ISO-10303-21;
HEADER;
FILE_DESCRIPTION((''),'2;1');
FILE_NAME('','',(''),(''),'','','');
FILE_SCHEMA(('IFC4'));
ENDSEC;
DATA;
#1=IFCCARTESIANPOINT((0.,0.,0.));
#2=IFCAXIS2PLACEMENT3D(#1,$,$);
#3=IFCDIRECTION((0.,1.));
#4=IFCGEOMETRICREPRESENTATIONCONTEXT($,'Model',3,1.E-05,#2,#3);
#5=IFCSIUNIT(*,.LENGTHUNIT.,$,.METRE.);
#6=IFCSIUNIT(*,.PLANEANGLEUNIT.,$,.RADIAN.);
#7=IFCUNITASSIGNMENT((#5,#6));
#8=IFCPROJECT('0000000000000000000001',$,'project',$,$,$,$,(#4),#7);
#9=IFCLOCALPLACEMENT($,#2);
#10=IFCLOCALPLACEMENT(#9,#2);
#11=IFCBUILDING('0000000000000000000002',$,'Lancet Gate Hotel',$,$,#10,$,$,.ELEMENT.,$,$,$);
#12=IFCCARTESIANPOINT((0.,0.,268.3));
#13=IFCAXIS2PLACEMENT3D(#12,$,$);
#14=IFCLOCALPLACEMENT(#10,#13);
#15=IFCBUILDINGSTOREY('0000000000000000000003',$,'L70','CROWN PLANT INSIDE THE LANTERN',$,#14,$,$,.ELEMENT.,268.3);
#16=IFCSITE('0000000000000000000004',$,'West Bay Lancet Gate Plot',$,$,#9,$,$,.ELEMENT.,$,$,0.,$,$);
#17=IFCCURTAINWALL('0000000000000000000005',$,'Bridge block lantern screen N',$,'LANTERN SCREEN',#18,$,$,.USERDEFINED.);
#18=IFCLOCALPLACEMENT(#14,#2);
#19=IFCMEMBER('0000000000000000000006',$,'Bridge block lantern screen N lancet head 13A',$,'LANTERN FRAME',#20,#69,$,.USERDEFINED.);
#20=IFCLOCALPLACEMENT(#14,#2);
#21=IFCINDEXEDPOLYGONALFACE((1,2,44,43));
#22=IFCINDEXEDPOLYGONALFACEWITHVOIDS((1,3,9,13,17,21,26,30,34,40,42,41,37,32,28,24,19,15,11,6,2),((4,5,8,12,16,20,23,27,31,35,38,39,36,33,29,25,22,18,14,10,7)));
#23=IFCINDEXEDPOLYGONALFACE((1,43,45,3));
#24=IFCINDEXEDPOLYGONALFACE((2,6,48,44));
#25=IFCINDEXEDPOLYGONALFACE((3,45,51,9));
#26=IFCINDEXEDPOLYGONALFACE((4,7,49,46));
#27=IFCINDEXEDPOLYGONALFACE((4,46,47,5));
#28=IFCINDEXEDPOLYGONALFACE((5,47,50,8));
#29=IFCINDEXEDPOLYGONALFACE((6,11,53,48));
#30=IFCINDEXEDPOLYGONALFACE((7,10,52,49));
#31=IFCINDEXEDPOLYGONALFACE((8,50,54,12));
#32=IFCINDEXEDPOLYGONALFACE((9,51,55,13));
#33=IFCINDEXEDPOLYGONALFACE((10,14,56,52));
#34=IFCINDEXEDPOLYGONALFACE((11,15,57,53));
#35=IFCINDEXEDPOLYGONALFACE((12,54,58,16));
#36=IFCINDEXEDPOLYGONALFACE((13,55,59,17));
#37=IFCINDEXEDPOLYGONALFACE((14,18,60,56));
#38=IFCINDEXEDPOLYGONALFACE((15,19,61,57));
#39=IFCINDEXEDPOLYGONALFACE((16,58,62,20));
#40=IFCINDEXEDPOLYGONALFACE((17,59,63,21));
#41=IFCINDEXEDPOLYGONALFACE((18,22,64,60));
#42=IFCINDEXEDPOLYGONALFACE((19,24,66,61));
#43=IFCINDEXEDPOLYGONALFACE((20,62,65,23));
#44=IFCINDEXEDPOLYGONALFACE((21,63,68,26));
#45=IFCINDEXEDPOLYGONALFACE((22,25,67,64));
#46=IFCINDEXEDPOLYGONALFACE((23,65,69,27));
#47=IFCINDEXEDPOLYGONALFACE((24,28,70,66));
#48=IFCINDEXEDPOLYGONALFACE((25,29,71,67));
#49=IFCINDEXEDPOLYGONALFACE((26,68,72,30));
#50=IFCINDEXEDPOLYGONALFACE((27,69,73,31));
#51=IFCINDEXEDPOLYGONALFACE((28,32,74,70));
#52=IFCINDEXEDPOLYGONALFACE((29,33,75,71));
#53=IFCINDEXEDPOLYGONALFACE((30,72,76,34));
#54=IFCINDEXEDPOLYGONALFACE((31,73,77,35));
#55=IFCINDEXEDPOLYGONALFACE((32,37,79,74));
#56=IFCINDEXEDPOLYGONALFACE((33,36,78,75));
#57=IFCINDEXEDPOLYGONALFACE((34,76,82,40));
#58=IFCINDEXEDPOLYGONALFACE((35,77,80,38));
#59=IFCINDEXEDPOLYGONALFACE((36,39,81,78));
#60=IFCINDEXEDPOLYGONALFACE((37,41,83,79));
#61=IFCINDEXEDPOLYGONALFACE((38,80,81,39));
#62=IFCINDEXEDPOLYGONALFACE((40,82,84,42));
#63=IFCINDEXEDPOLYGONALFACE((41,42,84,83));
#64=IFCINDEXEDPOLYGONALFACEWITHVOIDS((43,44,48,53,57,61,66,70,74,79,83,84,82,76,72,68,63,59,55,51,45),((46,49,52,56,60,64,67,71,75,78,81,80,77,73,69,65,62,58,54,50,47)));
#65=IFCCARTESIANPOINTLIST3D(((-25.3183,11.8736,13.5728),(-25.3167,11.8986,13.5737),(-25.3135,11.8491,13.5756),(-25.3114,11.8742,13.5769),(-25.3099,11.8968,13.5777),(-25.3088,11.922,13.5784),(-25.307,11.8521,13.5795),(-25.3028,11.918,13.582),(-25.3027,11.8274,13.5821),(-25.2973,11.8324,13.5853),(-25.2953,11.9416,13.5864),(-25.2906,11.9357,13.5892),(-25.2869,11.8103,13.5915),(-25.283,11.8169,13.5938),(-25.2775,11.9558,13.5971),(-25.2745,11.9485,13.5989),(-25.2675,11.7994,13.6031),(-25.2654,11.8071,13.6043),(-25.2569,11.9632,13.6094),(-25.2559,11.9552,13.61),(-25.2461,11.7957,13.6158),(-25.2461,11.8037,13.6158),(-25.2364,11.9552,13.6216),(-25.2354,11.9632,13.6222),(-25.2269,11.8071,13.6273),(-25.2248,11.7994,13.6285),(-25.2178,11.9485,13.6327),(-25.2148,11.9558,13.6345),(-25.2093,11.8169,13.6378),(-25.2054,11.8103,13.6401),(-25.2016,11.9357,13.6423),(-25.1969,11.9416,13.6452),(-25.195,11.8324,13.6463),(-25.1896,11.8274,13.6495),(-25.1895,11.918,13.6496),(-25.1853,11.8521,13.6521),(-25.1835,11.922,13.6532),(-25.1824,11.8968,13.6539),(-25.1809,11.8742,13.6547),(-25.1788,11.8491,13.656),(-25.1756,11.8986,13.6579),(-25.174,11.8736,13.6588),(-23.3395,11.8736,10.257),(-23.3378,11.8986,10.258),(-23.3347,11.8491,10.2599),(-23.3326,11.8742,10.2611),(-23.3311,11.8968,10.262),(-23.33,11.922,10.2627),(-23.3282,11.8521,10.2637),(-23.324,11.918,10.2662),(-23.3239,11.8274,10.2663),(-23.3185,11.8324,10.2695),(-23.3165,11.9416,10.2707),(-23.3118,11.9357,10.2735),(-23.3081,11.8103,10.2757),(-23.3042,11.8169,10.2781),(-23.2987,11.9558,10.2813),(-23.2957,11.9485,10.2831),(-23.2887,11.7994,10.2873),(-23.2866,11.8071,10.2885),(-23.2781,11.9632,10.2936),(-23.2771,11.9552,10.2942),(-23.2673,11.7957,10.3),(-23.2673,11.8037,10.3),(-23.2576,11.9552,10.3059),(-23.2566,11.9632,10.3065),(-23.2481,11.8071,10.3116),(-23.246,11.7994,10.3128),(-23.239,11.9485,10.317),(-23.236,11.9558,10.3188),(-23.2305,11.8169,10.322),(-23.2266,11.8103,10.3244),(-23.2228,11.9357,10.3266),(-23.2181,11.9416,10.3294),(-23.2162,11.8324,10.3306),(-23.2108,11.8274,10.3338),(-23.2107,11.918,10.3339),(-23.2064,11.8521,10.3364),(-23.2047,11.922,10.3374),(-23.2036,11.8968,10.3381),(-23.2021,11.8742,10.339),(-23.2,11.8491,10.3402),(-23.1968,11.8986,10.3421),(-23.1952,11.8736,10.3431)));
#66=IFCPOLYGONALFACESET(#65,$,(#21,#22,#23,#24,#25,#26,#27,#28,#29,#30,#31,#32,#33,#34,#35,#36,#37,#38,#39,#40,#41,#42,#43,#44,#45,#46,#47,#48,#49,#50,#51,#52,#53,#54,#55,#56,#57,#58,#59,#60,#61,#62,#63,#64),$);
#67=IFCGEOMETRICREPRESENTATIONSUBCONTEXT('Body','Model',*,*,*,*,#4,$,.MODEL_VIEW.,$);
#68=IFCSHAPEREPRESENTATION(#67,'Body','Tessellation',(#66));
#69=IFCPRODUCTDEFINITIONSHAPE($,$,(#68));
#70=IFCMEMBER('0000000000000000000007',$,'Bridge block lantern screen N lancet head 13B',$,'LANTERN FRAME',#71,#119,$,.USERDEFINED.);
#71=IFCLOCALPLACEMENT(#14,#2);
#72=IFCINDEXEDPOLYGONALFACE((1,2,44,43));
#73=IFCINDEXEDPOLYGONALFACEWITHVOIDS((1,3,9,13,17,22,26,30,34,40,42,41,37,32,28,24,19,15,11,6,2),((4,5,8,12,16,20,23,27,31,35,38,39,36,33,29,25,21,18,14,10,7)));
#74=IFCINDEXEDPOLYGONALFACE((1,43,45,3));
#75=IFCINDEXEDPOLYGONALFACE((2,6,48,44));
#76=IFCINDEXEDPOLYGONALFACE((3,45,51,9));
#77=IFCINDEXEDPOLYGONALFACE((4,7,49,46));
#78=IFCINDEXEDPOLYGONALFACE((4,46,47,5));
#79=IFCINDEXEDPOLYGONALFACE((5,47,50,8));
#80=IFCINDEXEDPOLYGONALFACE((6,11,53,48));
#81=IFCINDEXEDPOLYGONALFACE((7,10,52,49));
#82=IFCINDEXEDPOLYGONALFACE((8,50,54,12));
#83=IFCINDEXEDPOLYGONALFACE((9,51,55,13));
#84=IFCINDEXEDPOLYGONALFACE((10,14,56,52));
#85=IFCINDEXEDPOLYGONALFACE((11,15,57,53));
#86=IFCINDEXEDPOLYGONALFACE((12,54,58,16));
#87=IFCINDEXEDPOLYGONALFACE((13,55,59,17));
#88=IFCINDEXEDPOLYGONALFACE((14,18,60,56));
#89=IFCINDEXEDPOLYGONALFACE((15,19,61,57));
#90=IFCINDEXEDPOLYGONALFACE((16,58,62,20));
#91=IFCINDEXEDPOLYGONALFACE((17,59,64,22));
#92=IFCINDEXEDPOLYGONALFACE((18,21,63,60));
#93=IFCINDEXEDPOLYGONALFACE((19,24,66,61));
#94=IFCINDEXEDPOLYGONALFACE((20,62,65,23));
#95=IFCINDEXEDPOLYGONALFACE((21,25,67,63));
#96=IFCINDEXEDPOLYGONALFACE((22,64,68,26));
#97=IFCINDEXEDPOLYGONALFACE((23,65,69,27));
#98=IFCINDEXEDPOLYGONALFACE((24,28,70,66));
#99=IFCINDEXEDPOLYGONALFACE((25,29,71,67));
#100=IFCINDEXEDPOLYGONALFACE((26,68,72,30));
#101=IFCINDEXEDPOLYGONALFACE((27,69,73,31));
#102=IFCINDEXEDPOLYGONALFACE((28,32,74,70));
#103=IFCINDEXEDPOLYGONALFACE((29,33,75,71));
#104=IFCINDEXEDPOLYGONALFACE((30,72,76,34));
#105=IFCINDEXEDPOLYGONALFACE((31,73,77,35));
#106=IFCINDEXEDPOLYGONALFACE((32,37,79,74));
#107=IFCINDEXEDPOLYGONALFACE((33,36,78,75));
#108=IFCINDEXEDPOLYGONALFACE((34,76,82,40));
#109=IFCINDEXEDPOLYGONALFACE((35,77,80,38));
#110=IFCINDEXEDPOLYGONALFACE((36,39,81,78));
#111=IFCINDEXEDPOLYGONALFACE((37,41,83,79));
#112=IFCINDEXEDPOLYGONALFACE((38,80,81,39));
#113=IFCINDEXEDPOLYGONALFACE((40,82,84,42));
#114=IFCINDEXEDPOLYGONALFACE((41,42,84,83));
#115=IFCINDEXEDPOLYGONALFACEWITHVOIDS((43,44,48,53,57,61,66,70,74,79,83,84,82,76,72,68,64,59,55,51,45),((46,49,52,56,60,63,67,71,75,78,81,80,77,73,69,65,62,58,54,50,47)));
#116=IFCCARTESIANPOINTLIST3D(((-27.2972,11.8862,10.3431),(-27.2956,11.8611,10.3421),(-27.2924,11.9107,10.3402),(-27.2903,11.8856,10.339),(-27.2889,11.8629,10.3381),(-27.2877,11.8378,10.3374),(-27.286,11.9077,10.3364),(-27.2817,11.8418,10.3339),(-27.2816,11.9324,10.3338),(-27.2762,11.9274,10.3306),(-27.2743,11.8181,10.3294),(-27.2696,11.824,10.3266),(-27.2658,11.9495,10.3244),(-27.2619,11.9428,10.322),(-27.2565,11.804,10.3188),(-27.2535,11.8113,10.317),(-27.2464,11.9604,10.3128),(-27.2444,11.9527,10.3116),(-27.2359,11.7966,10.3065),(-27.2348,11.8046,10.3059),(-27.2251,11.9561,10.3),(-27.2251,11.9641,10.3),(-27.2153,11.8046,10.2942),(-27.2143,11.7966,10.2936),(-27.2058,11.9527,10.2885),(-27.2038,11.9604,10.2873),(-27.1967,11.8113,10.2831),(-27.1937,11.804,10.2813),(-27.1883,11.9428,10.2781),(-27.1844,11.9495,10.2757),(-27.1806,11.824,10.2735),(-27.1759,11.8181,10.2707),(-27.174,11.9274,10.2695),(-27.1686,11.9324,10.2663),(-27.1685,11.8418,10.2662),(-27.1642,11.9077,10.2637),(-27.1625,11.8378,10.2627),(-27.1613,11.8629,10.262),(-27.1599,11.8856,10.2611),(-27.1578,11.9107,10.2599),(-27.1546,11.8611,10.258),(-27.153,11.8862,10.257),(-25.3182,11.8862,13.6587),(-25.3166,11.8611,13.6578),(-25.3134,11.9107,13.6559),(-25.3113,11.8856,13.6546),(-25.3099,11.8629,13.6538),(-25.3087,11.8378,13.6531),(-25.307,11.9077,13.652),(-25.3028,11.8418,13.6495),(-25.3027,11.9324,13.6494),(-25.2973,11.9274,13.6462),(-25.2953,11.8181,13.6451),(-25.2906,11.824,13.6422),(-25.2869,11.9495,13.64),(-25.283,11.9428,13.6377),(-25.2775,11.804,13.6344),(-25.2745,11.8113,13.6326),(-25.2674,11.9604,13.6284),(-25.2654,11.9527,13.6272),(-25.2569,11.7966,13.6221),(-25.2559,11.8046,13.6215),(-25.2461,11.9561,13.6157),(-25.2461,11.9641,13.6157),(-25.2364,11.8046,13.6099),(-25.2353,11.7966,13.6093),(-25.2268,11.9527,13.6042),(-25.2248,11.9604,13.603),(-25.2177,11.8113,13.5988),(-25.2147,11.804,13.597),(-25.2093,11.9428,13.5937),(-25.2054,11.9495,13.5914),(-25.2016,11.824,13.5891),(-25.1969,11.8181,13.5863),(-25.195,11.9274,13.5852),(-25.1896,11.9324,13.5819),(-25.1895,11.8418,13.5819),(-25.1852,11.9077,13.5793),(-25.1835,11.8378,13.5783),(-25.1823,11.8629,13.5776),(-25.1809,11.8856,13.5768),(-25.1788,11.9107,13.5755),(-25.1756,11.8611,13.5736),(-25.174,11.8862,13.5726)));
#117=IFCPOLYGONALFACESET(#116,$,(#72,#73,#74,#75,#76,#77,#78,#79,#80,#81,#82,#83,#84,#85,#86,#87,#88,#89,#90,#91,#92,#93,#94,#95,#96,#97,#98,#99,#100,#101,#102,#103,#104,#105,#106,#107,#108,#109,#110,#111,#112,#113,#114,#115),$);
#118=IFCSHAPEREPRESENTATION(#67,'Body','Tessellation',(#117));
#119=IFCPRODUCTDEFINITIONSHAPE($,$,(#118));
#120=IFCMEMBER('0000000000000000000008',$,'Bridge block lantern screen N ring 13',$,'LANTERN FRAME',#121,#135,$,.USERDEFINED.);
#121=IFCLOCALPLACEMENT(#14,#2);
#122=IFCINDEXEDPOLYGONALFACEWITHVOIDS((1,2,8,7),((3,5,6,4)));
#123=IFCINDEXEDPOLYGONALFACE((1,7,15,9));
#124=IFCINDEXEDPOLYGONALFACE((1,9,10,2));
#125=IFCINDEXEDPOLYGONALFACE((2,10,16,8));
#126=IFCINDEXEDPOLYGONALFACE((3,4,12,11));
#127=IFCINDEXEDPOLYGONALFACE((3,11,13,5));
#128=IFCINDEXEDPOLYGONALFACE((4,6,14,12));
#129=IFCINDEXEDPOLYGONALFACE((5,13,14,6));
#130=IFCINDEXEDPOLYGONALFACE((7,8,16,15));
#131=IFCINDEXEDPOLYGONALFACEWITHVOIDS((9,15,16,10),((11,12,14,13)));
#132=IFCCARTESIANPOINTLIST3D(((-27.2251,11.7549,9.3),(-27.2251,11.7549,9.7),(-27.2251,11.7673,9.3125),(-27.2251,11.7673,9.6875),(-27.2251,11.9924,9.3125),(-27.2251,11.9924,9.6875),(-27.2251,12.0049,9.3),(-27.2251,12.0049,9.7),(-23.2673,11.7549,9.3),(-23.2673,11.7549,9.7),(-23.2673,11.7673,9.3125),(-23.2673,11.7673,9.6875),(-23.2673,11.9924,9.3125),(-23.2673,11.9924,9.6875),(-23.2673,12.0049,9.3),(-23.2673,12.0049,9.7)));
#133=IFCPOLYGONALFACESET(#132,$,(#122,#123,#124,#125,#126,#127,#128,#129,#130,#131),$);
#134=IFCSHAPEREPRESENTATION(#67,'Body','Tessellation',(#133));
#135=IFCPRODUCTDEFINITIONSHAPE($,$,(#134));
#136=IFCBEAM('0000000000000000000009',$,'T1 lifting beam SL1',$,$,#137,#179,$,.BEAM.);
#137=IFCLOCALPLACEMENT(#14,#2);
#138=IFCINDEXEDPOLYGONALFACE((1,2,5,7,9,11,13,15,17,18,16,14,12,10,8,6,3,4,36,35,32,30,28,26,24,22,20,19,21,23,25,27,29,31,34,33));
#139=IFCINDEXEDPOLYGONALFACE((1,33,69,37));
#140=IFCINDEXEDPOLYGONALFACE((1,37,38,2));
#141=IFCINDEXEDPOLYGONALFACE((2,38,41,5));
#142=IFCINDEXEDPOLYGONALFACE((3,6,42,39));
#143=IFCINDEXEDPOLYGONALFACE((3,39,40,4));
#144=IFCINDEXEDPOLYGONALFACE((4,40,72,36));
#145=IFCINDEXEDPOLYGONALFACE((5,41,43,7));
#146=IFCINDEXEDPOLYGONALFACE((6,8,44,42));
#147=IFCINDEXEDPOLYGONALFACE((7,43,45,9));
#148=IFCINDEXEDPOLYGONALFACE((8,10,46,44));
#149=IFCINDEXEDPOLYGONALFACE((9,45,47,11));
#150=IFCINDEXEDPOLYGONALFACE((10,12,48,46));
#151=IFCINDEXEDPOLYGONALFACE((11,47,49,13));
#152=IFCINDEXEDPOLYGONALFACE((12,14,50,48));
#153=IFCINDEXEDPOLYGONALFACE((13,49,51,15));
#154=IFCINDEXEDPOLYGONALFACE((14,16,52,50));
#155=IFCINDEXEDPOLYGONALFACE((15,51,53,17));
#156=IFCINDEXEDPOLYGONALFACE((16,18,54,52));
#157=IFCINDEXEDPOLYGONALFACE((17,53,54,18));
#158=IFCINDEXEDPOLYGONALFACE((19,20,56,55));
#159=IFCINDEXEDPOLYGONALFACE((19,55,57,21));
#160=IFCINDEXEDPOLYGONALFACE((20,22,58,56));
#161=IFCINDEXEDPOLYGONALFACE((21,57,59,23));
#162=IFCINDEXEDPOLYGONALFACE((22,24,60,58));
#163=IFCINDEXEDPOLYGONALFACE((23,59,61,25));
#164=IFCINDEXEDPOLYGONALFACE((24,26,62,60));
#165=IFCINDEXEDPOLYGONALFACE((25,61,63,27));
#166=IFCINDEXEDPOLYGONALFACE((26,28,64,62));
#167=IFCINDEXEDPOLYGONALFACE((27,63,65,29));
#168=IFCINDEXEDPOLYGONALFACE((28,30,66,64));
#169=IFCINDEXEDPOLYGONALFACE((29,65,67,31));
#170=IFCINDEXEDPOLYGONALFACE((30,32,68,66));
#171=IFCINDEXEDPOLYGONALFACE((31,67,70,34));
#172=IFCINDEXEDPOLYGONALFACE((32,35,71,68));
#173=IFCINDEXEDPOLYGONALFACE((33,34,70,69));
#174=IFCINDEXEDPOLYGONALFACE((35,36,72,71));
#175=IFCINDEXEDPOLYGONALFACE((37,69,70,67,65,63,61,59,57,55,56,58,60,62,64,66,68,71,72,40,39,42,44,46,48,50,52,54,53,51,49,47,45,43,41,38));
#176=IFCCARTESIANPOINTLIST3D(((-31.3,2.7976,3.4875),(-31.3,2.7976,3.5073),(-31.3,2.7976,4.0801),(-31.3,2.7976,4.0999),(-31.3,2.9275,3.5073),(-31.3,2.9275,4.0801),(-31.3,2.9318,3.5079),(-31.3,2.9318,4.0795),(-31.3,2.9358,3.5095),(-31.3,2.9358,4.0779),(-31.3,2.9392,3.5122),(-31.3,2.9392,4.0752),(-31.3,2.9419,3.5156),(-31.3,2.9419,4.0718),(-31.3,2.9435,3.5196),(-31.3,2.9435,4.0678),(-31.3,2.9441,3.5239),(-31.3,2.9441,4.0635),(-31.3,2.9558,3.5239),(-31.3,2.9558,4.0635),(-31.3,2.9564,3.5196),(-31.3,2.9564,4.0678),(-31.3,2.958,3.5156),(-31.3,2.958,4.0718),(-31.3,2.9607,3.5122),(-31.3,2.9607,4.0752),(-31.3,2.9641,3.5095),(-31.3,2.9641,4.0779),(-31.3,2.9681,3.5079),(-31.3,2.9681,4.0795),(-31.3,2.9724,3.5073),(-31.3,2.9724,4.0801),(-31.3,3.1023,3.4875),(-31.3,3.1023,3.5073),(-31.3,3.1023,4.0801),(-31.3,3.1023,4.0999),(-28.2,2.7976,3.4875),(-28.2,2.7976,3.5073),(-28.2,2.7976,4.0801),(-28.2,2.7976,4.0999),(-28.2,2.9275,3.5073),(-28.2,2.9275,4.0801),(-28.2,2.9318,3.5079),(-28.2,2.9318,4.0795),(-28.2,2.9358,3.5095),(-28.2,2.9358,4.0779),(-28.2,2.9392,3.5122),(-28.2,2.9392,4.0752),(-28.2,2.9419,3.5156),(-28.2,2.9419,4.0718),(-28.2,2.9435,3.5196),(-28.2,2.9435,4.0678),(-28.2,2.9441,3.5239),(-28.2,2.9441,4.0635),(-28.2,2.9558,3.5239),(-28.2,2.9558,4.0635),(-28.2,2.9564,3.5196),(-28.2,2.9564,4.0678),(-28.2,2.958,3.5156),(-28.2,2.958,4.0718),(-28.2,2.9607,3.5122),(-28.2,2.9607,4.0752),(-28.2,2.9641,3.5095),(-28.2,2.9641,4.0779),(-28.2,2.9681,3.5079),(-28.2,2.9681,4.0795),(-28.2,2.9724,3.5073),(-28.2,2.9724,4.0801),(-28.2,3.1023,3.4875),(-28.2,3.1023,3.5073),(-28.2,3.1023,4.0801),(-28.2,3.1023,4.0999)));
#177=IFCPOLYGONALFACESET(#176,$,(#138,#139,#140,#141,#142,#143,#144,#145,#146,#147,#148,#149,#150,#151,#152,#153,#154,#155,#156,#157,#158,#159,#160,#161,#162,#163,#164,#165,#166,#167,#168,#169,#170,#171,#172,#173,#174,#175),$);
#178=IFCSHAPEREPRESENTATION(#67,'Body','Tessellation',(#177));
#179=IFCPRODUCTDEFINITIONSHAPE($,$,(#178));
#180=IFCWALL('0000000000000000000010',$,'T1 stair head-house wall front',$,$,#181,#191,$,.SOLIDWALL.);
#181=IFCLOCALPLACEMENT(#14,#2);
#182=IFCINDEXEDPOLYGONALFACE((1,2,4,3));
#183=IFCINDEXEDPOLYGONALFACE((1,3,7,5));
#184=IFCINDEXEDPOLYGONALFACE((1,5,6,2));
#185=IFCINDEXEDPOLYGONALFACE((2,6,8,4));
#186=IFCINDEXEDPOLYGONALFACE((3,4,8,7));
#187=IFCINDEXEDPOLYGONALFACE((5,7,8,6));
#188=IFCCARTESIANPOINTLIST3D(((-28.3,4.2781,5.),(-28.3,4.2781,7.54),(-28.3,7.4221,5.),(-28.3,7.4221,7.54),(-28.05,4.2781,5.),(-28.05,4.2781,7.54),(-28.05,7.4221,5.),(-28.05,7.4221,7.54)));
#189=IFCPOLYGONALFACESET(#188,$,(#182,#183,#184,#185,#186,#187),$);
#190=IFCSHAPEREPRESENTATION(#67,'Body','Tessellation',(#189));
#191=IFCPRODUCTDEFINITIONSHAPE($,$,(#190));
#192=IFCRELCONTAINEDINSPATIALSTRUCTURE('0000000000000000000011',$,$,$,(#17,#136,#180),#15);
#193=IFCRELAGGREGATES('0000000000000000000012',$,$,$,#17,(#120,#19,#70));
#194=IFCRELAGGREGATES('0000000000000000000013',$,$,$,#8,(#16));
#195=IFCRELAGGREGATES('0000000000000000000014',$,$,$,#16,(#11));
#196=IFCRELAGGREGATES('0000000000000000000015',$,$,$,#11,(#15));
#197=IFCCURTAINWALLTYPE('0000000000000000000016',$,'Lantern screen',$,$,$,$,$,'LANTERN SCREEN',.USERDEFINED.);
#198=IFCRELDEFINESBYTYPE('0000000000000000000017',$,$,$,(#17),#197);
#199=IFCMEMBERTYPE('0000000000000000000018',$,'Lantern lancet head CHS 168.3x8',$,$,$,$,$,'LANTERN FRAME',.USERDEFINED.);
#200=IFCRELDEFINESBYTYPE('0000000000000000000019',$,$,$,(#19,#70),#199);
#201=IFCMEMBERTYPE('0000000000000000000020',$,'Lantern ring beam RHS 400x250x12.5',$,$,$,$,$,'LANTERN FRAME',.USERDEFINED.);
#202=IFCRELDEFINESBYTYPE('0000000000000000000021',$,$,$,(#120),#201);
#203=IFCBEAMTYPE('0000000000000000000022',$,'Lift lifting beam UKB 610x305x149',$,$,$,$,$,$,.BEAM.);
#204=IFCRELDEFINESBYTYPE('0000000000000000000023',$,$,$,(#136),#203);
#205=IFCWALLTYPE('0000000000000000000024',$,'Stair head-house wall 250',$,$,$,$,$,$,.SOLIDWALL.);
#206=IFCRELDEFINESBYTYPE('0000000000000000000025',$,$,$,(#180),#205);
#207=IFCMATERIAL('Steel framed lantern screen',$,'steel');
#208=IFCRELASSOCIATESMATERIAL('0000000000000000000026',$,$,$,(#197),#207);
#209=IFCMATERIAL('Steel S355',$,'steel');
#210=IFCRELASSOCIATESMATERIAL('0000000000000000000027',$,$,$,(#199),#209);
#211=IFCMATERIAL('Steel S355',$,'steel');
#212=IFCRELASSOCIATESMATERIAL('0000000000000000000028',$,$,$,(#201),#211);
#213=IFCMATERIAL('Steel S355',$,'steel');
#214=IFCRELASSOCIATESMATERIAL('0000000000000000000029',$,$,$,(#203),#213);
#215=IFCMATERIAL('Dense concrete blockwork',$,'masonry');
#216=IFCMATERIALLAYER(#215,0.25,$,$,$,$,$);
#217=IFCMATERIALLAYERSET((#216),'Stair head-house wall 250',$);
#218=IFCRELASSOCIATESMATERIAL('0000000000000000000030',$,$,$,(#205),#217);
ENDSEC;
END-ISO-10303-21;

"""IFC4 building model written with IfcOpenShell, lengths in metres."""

from ifc_helpers import new_model, si_unit, direction, frame, frame_2d, origin, origin_2d, place, context, subcontext, project, spatial, rectangle, hollow_rectangle, hollow_circle, i_section, extrude, material, layer, layer_set, material_profile, profile_set, type_object, element, aggregate, save


model = new_model("IFC4")

# Units and contexts
model_context = context("Model", 3, precision=1e-05, world=origin(), true_north=direction((0.0, 1.0)))
body_context = subcontext(model_context, "Body", "Model", "MODEL_VIEW")
ifc_project = project(units=[si_unit("LENGTHUNIT", "METRE"), si_unit("PLANEANGLEUNIT", "RADIAN")], contexts=[model_context])

# Site, building, storey
site_placement = place(None, origin())
site = spatial("IfcSite", under=ifc_project, at=site_placement, Name="West Bay Lancet Gate Plot", CompositionType="ELEMENT", RefElevation=0.0)
building_placement = place(site_placement, origin())
building = spatial("IfcBuilding", under=site, at=building_placement, Name="Lancet Gate Hotel", CompositionType="ELEMENT")
storey_placement = place(building_placement, frame((0.0, 0.0, 268.3)))
storey = spatial("IfcBuildingStorey", under=building, at=storey_placement, Name="L70", Description="CROWN PLANT INSIDE THE LANTERN", CompositionType="ELEMENT", Elevation=268.3)

# Curtain wall, members
ifc_material_1 = material(Name="Steel framed lantern screen", Category="steel")
curtain_wall_type_1 = type_object("IfcCurtainWallType", Name="Lantern screen", ElementType="LANTERN SCREEN", PredefinedType="USERDEFINED", material=ifc_material_1)
curtain_wall_1_placement = place(storey_placement, origin())
curtain_wall_1 = element("IfcCurtainWall", 1, at=curtain_wall_1_placement, inside=storey, type_object=curtain_wall_type_1, Name="Bridge block lantern screen N", ObjectType="LANTERN SCREEN", PredefinedType="USERDEFINED")
ifc_material_2 = material(Name="Steel S355", Category="steel")
ifc_material_profile_1 = material_profile(ifc_material_2, hollow_circle(Radius=0.0842, WallThickness=0.0081, at=origin_2d()), Name="CHS 168.3x8.0")
ifc_profile_set_1 = profile_set([ifc_material_profile_1], Name="Steel S355")
member_type_1 = type_object("IfcMemberType", Name="Lantern lancet head CHS 168.3x8", ElementType="LANTERN FRAME", PredefinedType="USERDEFINED", material=ifc_profile_set_1)
member_1_placement = place(storey_placement, frame((-23.2673, 11.8799, 10.3), z_axis=(-0.512467, 0.0, 0.858707), x_axis=(0.0, -1.0, 0.0)))
member_1 = element("IfcMember", 2, at=member_1_placement, type_object=member_type_1, Name="Bridge block lantern screen N lancet head 13A", ObjectType="LANTERN FRAME", PredefinedType="USERDEFINED", context=body_context, shape_type="SweptSolid", body=[
    extrude(hollow_circle(Radius=0.0842, WallThickness=0.0081, at=origin_2d()), origin(), (0.0, 0.0, 1.0), 3.8613),
])
member_2_placement = place(storey_placement, frame((-27.2251, 11.8799, 10.3), z_axis=(0.512514, 0.0, 0.858679), x_axis=(0.0, 1.0, 0.0)))
member_2 = element("IfcMember", 3, at=member_2_placement, type_object=member_type_1, Name="Bridge block lantern screen N lancet head 13B", ObjectType="LANTERN FRAME", PredefinedType="USERDEFINED", context=body_context, shape_type="SweptSolid", body=[
    extrude(hollow_circle(Radius=0.0842, WallThickness=0.0081, at=origin_2d()), origin(), (0.0, 0.0, 1.0), 3.8613),
])
ifc_material_3 = material(Name="Steel S355", Category="steel")
ifc_material_profile_2 = material_profile(ifc_material_3, hollow_rectangle(XDim=0.25, YDim=0.3999, WallThickness=0.0125, at=origin_2d()), Name="RHS 400x250x12.5")
ifc_profile_set_2 = profile_set([ifc_material_profile_2], Name="Steel S355")
member_type_2 = type_object("IfcMemberType", Name="Lantern ring beam RHS 400x250x12.5", ElementType="LANTERN FRAME", PredefinedType="USERDEFINED", material=ifc_profile_set_2)
member_3_placement = place(storey_placement, frame((-23.2673, 11.8799, 9.5), z_axis=(-1.0, 0.0, 0.0), x_axis=(0.0, -1.0, 0.0)))
member_3 = element("IfcMember", 4, at=member_3_placement, type_object=member_type_2, Name="Bridge block lantern screen N ring 13", ObjectType="LANTERN FRAME", PredefinedType="USERDEFINED", context=body_context, shape_type="SweptSolid", body=[
    extrude(hollow_rectangle(XDim=0.25, YDim=0.3999, WallThickness=0.0125, at=origin_2d()), origin(), (0.0, 0.0, 1.0), 3.9578),
])
aggregate(curtain_wall_1, [member_3, member_1, member_2])

# Beam
ifc_material_4 = material(Name="Steel S355", Category="steel")
ifc_material_profile_3 = material_profile(ifc_material_4, i_section(OverallWidth=0.3047, OverallDepth=0.6123, WebThickness=0.0117, FlangeThickness=0.0198, FilletRadius=0.0166, at=origin_2d()), Name="UKB 610x305x149")
ifc_profile_set_3 = profile_set([ifc_material_profile_3], Name="Steel S355")
beam_type_1 = type_object("IfcBeamType", Name="Lift lifting beam UKB 610x305x149", PredefinedType="BEAM", material=ifc_profile_set_3)
beam_1_placement = place(storey_placement, frame((-28.2, 2.95, 3.7937), z_axis=(-1.0, 0.0, 0.0), x_axis=(0.0, -1.0, 0.0)))
element("IfcBeam", 5, at=beam_1_placement, inside=storey, type_object=beam_type_1, Name="T1 lifting beam SL1", PredefinedType="BEAM", context=body_context, shape_type="SweptSolid", body=[
    extrude(i_section(OverallWidth=0.3047, OverallDepth=0.6123, WebThickness=0.0117, FlangeThickness=0.0198, FilletRadius=0.0166, at=origin_2d()), origin(), (0.0, 0.0, 1.0), 3.1001),
])

# Wall
ifc_material_5 = material(Name="Dense concrete blockwork", Category="masonry")
ifc_layer = layer(ifc_material_5, 0.25)
ifc_layer_set = layer_set([ifc_layer], Name="Stair head-house wall 250")
wall_type = type_object("IfcWallType", Name="Stair head-house wall 250", PredefinedType="SOLIDWALL", material=ifc_layer_set)
wall_1_placement = place(storey_placement, frame((-28.175, 7.4221, 5.0), z_axis=(0.0, 0.0, 1.0), x_axis=(0.0, -1.0, 0.0)))
element("IfcWall", 6, at=wall_1_placement, inside=storey, type_object=wall_type, Name="T1 stair head-house wall front", PredefinedType="SOLIDWALL", context=body_context, shape_type="SweptSolid", body=[
    extrude(rectangle(XDim=3.144, YDim=0.25, at=frame_2d((1.572, 0.0))), origin(), (0.0, 0.0, 1.0), 2.54),
])

save(model, "model.ifc")
